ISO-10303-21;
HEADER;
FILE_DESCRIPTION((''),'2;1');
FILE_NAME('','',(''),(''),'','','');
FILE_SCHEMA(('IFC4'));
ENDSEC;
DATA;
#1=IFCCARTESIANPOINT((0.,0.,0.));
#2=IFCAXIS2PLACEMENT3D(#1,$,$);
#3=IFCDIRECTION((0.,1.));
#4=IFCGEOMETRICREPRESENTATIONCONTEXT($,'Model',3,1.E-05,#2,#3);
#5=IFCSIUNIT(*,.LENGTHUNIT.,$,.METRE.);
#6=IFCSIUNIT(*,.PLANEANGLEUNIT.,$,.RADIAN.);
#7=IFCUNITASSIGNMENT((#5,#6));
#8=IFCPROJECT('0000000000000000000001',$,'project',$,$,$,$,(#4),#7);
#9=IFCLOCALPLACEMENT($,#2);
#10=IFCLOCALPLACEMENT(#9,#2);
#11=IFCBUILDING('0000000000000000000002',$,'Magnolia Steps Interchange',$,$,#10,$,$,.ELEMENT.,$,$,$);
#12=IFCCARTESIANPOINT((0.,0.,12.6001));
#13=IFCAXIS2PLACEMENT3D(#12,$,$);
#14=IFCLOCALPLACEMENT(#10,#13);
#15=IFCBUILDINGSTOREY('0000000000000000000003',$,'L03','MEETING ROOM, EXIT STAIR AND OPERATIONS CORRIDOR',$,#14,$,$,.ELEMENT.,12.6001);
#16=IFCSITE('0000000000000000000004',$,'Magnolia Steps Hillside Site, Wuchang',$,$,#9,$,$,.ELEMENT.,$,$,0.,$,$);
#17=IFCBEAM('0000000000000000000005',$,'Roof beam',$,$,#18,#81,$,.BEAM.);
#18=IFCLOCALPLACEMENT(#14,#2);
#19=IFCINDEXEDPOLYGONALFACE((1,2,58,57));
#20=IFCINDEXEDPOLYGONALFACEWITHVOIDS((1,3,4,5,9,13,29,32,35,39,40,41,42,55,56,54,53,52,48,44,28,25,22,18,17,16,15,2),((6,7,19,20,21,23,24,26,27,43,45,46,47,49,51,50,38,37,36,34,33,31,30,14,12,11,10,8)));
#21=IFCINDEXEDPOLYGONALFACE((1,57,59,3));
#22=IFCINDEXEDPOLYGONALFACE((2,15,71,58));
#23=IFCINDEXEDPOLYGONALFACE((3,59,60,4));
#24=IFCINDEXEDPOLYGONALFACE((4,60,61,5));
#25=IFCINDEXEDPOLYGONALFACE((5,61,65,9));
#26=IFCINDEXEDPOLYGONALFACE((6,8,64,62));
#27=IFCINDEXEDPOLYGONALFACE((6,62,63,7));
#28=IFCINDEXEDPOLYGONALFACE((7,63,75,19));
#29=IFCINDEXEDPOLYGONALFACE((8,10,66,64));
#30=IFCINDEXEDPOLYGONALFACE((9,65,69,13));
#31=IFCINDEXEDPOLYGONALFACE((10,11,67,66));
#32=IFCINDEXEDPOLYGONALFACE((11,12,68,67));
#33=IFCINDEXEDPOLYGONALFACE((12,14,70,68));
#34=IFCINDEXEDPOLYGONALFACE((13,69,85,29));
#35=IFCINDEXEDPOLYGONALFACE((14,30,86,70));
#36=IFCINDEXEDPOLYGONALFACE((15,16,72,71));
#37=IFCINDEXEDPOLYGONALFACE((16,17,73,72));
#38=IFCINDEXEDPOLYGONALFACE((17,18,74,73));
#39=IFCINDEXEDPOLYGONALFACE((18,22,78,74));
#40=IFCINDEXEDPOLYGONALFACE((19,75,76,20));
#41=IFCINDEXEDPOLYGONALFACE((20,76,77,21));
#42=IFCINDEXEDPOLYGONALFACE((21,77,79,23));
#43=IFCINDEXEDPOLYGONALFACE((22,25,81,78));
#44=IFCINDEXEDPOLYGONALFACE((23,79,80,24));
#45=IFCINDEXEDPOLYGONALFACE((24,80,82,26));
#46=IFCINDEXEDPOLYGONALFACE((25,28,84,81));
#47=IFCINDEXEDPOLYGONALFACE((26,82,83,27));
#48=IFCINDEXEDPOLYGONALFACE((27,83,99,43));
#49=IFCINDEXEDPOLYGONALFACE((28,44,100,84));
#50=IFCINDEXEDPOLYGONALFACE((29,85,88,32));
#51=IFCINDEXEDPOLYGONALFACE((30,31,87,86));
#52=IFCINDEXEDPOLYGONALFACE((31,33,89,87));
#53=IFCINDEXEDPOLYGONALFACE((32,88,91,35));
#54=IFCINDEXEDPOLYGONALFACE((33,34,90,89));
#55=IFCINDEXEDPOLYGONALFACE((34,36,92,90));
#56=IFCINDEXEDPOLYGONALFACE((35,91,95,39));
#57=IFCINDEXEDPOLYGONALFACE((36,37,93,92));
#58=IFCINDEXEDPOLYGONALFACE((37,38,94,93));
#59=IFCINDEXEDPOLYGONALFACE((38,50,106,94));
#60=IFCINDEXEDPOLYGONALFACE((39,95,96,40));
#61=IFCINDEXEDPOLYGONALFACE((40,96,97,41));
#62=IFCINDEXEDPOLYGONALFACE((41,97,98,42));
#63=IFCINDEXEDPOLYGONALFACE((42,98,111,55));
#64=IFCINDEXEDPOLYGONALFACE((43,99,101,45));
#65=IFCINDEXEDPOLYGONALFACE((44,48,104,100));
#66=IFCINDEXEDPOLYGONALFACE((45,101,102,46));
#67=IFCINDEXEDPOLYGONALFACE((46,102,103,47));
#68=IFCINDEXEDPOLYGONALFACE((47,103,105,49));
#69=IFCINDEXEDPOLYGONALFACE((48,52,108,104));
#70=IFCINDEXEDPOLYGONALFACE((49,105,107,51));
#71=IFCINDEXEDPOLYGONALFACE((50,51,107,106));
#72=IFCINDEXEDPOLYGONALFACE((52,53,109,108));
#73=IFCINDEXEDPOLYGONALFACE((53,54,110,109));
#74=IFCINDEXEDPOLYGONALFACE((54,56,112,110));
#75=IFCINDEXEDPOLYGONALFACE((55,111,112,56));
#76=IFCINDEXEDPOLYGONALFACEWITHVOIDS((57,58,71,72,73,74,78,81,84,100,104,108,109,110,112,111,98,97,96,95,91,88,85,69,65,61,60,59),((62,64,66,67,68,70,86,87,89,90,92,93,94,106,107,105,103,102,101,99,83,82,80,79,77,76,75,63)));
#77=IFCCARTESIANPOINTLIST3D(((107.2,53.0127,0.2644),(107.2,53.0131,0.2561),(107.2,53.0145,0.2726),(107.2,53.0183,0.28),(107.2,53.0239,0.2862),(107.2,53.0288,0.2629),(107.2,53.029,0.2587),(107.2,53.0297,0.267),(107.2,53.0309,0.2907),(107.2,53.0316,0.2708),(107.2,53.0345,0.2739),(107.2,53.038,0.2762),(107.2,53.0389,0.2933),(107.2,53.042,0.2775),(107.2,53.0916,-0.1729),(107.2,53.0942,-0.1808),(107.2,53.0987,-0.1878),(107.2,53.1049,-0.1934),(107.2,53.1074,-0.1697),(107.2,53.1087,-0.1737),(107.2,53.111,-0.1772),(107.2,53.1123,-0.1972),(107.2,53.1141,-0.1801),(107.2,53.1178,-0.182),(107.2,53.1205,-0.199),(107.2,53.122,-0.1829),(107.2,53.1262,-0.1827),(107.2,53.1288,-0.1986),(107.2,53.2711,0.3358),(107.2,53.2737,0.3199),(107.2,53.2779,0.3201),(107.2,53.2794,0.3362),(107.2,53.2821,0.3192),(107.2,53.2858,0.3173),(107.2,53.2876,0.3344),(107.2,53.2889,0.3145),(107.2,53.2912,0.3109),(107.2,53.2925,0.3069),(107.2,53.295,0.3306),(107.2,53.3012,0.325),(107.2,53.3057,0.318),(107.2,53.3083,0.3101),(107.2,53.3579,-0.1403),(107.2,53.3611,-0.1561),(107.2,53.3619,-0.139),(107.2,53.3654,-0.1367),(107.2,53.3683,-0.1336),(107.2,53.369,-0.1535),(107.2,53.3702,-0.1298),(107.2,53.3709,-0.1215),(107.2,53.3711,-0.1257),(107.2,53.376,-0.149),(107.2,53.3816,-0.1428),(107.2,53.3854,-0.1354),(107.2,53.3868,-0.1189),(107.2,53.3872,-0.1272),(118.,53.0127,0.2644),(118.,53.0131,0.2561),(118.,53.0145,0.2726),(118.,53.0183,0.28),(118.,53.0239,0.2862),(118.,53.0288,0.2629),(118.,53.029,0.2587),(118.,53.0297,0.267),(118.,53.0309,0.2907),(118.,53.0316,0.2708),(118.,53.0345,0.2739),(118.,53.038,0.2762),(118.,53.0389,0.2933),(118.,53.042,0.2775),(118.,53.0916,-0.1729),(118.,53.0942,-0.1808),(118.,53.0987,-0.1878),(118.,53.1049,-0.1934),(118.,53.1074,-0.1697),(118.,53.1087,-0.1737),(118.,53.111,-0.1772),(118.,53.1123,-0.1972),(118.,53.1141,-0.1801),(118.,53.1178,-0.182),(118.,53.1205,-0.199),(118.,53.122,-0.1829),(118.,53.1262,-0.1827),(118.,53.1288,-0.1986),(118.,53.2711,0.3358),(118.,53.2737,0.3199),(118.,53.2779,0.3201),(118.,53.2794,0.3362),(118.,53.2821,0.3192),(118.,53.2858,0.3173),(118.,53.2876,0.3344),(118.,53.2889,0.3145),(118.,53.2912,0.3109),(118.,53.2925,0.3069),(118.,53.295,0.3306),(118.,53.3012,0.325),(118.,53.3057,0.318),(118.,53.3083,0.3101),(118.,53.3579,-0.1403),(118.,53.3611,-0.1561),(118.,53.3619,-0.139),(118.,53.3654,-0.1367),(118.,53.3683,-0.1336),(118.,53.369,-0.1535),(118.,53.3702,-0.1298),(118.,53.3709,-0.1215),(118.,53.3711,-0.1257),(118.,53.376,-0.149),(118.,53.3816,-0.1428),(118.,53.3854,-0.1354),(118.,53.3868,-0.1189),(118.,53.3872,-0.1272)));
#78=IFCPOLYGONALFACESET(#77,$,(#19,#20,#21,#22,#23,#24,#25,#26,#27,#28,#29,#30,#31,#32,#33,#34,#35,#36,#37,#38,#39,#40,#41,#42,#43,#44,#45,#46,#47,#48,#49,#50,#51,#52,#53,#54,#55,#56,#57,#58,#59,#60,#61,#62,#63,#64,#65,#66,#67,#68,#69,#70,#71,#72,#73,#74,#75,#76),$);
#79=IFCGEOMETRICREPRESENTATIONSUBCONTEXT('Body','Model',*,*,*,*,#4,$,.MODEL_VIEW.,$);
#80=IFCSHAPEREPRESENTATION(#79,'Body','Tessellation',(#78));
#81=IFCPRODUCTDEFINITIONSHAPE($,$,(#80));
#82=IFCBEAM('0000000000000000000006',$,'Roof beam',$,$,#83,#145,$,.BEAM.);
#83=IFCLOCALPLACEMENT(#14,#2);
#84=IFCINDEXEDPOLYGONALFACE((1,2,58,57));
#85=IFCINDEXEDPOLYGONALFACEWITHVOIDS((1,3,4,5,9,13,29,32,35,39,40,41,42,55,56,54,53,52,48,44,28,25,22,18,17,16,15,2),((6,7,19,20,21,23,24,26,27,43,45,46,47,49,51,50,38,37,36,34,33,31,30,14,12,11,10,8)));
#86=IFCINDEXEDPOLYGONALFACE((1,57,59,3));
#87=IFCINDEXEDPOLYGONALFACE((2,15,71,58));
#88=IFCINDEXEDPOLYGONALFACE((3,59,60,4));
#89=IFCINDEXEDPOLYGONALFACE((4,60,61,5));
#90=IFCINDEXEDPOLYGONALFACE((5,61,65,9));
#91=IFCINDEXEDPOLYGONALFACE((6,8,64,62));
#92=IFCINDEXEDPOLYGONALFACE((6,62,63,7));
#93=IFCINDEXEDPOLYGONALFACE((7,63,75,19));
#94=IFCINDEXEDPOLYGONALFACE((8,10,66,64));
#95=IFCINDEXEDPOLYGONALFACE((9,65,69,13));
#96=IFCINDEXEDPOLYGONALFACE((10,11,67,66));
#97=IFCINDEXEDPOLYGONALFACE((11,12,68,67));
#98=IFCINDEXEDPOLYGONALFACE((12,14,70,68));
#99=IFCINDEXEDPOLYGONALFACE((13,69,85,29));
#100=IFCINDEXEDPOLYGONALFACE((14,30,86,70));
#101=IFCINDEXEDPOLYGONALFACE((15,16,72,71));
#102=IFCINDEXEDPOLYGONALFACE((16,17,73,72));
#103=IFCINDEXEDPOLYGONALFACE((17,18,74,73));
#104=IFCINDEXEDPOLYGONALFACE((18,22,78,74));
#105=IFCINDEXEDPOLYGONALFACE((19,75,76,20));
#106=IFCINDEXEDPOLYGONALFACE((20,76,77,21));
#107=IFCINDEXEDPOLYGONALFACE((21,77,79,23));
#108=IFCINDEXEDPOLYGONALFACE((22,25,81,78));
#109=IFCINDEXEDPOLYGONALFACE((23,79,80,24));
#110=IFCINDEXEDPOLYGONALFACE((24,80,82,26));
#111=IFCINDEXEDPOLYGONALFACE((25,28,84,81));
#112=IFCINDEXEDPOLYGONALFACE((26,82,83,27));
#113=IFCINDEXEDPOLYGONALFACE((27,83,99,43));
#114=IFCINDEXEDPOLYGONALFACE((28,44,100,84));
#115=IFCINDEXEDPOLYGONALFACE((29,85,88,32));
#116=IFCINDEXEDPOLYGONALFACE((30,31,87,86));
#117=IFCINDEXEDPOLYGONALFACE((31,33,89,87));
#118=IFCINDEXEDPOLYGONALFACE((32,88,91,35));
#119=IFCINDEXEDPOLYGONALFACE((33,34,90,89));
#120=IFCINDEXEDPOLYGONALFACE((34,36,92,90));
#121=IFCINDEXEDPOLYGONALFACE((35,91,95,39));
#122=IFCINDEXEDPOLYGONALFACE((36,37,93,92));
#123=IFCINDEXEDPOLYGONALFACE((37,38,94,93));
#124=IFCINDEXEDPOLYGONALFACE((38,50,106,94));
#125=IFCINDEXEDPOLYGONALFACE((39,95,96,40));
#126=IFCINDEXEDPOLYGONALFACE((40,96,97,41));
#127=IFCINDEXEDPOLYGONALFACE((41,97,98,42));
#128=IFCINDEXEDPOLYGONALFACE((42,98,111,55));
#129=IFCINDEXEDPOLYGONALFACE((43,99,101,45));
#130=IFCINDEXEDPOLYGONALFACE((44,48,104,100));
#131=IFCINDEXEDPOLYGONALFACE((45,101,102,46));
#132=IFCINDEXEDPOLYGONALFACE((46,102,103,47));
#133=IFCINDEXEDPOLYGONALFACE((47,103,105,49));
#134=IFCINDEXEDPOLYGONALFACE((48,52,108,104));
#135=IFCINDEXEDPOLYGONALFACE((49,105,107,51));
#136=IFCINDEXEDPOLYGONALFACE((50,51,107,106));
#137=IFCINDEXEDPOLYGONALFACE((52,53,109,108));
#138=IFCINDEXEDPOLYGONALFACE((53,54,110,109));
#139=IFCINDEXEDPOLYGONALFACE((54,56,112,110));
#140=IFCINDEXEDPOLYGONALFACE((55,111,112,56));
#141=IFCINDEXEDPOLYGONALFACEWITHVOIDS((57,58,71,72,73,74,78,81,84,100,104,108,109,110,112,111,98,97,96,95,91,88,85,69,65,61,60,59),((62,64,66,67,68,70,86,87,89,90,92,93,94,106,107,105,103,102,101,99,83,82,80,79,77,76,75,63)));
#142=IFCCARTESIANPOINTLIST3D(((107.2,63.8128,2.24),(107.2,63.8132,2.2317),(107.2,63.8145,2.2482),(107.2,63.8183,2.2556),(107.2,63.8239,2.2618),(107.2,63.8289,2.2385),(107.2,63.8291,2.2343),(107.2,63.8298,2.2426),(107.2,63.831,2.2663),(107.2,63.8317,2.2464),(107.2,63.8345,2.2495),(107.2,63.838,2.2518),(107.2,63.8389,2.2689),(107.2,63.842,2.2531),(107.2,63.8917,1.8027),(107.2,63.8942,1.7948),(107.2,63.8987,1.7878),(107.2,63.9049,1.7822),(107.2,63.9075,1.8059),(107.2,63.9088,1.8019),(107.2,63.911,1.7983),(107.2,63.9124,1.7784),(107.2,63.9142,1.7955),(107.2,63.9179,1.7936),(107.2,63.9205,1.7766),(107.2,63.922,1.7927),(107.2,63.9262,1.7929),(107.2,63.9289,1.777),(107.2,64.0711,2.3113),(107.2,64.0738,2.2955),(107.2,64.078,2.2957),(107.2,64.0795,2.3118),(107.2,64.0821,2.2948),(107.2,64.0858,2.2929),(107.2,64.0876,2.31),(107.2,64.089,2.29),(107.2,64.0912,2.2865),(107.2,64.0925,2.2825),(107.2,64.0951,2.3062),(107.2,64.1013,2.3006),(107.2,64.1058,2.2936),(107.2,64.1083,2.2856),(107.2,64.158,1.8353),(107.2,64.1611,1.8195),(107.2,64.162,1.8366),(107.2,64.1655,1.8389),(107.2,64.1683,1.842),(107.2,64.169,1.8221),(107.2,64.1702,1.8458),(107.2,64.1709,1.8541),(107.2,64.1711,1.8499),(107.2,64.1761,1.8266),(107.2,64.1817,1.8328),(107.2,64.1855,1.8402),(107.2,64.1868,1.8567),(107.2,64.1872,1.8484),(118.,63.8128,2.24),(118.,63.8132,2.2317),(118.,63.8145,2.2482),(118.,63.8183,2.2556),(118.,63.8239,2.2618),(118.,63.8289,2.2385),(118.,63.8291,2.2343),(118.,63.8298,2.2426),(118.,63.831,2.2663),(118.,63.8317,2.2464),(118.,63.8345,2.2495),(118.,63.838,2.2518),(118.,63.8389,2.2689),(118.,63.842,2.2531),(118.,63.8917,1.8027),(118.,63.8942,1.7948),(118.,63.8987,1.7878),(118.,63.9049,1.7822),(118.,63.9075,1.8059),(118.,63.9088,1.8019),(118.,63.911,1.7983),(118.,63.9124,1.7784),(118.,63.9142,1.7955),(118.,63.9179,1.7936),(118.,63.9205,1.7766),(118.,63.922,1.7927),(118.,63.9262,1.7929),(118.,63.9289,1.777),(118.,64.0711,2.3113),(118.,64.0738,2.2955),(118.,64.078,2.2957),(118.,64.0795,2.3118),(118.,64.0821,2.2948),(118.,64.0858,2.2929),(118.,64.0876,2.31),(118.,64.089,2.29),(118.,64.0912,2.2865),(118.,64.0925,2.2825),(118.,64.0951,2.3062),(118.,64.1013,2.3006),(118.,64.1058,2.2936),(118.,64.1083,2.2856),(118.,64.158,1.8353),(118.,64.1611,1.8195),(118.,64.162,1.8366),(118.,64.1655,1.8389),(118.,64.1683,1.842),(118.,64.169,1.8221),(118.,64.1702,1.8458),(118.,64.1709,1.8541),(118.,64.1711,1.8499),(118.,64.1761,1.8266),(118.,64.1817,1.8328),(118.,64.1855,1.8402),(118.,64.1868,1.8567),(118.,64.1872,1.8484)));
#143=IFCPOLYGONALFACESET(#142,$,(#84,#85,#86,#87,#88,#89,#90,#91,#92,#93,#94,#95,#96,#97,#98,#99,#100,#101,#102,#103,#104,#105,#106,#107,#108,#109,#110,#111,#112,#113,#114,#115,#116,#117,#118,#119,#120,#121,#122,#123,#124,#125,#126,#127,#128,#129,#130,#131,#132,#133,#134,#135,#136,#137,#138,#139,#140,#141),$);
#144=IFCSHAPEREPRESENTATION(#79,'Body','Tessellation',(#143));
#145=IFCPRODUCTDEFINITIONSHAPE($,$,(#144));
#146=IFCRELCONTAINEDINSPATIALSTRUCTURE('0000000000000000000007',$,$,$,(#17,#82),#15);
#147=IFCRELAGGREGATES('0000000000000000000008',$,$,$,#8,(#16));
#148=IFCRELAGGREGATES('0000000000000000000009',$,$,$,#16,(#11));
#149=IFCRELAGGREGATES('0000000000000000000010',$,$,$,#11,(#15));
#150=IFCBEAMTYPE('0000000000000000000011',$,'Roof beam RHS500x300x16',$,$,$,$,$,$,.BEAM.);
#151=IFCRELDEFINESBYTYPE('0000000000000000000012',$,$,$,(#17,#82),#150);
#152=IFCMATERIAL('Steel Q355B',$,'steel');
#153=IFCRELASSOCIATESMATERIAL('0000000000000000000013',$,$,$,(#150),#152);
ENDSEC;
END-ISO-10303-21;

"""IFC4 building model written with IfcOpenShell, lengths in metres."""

from ifc_helpers import new_model, si_unit, direction, frame, origin, origin_2d, place, context, subcontext, project, spatial, hollow_rectangle, extrude, material, material_profile, profile_set, type_object, element, save


model = new_model("IFC4")

# Units and contexts
model_context = context("Model", 3, precision=1e-05, world=origin(), true_north=direction((0.0, 1.0)))
body_context = subcontext(model_context, "Body", "Model", "MODEL_VIEW")
ifc_project = project(units=[si_unit("LENGTHUNIT", "METRE"), si_unit("PLANEANGLEUNIT", "RADIAN")], contexts=[model_context])

# Site, building, storey
site_placement = place(None, origin())
site = spatial("IfcSite", under=ifc_project, at=site_placement, Name="Magnolia Steps Hillside Site, Wuchang", CompositionType="ELEMENT", RefElevation=0.0)
building_placement = place(site_placement, origin())
building = spatial("IfcBuilding", under=site, at=building_placement, Name="Magnolia Steps Interchange", CompositionType="ELEMENT")
storey_placement = place(building_placement, frame((0.0, 0.0, 12.6001)))
storey = spatial("IfcBuildingStorey", under=building, at=storey_placement, Name="L03", Description="MEETING ROOM, EXIT STAIR AND OPERATIONS CORRIDOR", CompositionType="ELEMENT", Elevation=12.6001)

# Beams
ifc_material_1 = material(Name="Steel Q355B", Category="steel")
ifc_material_profile_1 = material_profile(ifc_material_1, hollow_rectangle(XDim=0.3, YDim=0.5, WallThickness=0.0161, InnerFilletRadius=0.0161, OuterFilletRadius=0.032, at=origin_2d()), Name="RHS500x300x16")
ifc_profile_set_1 = profile_set([ifc_material_profile_1], Name="Steel Q355B")
beam_type_1 = type_object("IfcBeamType", Name="Roof beam RHS500x300x16", PredefinedType="BEAM", material=ifc_profile_set_1)
for number, where, z_axis, x_axis, name in (
    (1, (107.2, 53.2, 0.0686), (1.0, 0.0, 0.0), (0.0, 0.983677, 0.179941), "Roof beam"),
    (2, (107.2, 64.0, 2.0442), (1.0, 0.0, 0.0), (0.0, 0.983677, 0.179941), "Roof beam"),
):
    element("IfcBeam", number, at=place(storey_placement, frame(where, z_axis=z_axis, x_axis=x_axis)), inside=storey, type_object=beam_type_1, Name=name, PredefinedType="BEAM", context=body_context, shape_type="SweptSolid", body=[
        extrude(hollow_rectangle(XDim=0.3, YDim=0.5, WallThickness=0.0161, InnerFilletRadius=0.0161, OuterFilletRadius=0.032, at=origin_2d()), origin(), (0.0, 0.0, 1.0), 10.8),
    ])

save(model, "model.ifc")
